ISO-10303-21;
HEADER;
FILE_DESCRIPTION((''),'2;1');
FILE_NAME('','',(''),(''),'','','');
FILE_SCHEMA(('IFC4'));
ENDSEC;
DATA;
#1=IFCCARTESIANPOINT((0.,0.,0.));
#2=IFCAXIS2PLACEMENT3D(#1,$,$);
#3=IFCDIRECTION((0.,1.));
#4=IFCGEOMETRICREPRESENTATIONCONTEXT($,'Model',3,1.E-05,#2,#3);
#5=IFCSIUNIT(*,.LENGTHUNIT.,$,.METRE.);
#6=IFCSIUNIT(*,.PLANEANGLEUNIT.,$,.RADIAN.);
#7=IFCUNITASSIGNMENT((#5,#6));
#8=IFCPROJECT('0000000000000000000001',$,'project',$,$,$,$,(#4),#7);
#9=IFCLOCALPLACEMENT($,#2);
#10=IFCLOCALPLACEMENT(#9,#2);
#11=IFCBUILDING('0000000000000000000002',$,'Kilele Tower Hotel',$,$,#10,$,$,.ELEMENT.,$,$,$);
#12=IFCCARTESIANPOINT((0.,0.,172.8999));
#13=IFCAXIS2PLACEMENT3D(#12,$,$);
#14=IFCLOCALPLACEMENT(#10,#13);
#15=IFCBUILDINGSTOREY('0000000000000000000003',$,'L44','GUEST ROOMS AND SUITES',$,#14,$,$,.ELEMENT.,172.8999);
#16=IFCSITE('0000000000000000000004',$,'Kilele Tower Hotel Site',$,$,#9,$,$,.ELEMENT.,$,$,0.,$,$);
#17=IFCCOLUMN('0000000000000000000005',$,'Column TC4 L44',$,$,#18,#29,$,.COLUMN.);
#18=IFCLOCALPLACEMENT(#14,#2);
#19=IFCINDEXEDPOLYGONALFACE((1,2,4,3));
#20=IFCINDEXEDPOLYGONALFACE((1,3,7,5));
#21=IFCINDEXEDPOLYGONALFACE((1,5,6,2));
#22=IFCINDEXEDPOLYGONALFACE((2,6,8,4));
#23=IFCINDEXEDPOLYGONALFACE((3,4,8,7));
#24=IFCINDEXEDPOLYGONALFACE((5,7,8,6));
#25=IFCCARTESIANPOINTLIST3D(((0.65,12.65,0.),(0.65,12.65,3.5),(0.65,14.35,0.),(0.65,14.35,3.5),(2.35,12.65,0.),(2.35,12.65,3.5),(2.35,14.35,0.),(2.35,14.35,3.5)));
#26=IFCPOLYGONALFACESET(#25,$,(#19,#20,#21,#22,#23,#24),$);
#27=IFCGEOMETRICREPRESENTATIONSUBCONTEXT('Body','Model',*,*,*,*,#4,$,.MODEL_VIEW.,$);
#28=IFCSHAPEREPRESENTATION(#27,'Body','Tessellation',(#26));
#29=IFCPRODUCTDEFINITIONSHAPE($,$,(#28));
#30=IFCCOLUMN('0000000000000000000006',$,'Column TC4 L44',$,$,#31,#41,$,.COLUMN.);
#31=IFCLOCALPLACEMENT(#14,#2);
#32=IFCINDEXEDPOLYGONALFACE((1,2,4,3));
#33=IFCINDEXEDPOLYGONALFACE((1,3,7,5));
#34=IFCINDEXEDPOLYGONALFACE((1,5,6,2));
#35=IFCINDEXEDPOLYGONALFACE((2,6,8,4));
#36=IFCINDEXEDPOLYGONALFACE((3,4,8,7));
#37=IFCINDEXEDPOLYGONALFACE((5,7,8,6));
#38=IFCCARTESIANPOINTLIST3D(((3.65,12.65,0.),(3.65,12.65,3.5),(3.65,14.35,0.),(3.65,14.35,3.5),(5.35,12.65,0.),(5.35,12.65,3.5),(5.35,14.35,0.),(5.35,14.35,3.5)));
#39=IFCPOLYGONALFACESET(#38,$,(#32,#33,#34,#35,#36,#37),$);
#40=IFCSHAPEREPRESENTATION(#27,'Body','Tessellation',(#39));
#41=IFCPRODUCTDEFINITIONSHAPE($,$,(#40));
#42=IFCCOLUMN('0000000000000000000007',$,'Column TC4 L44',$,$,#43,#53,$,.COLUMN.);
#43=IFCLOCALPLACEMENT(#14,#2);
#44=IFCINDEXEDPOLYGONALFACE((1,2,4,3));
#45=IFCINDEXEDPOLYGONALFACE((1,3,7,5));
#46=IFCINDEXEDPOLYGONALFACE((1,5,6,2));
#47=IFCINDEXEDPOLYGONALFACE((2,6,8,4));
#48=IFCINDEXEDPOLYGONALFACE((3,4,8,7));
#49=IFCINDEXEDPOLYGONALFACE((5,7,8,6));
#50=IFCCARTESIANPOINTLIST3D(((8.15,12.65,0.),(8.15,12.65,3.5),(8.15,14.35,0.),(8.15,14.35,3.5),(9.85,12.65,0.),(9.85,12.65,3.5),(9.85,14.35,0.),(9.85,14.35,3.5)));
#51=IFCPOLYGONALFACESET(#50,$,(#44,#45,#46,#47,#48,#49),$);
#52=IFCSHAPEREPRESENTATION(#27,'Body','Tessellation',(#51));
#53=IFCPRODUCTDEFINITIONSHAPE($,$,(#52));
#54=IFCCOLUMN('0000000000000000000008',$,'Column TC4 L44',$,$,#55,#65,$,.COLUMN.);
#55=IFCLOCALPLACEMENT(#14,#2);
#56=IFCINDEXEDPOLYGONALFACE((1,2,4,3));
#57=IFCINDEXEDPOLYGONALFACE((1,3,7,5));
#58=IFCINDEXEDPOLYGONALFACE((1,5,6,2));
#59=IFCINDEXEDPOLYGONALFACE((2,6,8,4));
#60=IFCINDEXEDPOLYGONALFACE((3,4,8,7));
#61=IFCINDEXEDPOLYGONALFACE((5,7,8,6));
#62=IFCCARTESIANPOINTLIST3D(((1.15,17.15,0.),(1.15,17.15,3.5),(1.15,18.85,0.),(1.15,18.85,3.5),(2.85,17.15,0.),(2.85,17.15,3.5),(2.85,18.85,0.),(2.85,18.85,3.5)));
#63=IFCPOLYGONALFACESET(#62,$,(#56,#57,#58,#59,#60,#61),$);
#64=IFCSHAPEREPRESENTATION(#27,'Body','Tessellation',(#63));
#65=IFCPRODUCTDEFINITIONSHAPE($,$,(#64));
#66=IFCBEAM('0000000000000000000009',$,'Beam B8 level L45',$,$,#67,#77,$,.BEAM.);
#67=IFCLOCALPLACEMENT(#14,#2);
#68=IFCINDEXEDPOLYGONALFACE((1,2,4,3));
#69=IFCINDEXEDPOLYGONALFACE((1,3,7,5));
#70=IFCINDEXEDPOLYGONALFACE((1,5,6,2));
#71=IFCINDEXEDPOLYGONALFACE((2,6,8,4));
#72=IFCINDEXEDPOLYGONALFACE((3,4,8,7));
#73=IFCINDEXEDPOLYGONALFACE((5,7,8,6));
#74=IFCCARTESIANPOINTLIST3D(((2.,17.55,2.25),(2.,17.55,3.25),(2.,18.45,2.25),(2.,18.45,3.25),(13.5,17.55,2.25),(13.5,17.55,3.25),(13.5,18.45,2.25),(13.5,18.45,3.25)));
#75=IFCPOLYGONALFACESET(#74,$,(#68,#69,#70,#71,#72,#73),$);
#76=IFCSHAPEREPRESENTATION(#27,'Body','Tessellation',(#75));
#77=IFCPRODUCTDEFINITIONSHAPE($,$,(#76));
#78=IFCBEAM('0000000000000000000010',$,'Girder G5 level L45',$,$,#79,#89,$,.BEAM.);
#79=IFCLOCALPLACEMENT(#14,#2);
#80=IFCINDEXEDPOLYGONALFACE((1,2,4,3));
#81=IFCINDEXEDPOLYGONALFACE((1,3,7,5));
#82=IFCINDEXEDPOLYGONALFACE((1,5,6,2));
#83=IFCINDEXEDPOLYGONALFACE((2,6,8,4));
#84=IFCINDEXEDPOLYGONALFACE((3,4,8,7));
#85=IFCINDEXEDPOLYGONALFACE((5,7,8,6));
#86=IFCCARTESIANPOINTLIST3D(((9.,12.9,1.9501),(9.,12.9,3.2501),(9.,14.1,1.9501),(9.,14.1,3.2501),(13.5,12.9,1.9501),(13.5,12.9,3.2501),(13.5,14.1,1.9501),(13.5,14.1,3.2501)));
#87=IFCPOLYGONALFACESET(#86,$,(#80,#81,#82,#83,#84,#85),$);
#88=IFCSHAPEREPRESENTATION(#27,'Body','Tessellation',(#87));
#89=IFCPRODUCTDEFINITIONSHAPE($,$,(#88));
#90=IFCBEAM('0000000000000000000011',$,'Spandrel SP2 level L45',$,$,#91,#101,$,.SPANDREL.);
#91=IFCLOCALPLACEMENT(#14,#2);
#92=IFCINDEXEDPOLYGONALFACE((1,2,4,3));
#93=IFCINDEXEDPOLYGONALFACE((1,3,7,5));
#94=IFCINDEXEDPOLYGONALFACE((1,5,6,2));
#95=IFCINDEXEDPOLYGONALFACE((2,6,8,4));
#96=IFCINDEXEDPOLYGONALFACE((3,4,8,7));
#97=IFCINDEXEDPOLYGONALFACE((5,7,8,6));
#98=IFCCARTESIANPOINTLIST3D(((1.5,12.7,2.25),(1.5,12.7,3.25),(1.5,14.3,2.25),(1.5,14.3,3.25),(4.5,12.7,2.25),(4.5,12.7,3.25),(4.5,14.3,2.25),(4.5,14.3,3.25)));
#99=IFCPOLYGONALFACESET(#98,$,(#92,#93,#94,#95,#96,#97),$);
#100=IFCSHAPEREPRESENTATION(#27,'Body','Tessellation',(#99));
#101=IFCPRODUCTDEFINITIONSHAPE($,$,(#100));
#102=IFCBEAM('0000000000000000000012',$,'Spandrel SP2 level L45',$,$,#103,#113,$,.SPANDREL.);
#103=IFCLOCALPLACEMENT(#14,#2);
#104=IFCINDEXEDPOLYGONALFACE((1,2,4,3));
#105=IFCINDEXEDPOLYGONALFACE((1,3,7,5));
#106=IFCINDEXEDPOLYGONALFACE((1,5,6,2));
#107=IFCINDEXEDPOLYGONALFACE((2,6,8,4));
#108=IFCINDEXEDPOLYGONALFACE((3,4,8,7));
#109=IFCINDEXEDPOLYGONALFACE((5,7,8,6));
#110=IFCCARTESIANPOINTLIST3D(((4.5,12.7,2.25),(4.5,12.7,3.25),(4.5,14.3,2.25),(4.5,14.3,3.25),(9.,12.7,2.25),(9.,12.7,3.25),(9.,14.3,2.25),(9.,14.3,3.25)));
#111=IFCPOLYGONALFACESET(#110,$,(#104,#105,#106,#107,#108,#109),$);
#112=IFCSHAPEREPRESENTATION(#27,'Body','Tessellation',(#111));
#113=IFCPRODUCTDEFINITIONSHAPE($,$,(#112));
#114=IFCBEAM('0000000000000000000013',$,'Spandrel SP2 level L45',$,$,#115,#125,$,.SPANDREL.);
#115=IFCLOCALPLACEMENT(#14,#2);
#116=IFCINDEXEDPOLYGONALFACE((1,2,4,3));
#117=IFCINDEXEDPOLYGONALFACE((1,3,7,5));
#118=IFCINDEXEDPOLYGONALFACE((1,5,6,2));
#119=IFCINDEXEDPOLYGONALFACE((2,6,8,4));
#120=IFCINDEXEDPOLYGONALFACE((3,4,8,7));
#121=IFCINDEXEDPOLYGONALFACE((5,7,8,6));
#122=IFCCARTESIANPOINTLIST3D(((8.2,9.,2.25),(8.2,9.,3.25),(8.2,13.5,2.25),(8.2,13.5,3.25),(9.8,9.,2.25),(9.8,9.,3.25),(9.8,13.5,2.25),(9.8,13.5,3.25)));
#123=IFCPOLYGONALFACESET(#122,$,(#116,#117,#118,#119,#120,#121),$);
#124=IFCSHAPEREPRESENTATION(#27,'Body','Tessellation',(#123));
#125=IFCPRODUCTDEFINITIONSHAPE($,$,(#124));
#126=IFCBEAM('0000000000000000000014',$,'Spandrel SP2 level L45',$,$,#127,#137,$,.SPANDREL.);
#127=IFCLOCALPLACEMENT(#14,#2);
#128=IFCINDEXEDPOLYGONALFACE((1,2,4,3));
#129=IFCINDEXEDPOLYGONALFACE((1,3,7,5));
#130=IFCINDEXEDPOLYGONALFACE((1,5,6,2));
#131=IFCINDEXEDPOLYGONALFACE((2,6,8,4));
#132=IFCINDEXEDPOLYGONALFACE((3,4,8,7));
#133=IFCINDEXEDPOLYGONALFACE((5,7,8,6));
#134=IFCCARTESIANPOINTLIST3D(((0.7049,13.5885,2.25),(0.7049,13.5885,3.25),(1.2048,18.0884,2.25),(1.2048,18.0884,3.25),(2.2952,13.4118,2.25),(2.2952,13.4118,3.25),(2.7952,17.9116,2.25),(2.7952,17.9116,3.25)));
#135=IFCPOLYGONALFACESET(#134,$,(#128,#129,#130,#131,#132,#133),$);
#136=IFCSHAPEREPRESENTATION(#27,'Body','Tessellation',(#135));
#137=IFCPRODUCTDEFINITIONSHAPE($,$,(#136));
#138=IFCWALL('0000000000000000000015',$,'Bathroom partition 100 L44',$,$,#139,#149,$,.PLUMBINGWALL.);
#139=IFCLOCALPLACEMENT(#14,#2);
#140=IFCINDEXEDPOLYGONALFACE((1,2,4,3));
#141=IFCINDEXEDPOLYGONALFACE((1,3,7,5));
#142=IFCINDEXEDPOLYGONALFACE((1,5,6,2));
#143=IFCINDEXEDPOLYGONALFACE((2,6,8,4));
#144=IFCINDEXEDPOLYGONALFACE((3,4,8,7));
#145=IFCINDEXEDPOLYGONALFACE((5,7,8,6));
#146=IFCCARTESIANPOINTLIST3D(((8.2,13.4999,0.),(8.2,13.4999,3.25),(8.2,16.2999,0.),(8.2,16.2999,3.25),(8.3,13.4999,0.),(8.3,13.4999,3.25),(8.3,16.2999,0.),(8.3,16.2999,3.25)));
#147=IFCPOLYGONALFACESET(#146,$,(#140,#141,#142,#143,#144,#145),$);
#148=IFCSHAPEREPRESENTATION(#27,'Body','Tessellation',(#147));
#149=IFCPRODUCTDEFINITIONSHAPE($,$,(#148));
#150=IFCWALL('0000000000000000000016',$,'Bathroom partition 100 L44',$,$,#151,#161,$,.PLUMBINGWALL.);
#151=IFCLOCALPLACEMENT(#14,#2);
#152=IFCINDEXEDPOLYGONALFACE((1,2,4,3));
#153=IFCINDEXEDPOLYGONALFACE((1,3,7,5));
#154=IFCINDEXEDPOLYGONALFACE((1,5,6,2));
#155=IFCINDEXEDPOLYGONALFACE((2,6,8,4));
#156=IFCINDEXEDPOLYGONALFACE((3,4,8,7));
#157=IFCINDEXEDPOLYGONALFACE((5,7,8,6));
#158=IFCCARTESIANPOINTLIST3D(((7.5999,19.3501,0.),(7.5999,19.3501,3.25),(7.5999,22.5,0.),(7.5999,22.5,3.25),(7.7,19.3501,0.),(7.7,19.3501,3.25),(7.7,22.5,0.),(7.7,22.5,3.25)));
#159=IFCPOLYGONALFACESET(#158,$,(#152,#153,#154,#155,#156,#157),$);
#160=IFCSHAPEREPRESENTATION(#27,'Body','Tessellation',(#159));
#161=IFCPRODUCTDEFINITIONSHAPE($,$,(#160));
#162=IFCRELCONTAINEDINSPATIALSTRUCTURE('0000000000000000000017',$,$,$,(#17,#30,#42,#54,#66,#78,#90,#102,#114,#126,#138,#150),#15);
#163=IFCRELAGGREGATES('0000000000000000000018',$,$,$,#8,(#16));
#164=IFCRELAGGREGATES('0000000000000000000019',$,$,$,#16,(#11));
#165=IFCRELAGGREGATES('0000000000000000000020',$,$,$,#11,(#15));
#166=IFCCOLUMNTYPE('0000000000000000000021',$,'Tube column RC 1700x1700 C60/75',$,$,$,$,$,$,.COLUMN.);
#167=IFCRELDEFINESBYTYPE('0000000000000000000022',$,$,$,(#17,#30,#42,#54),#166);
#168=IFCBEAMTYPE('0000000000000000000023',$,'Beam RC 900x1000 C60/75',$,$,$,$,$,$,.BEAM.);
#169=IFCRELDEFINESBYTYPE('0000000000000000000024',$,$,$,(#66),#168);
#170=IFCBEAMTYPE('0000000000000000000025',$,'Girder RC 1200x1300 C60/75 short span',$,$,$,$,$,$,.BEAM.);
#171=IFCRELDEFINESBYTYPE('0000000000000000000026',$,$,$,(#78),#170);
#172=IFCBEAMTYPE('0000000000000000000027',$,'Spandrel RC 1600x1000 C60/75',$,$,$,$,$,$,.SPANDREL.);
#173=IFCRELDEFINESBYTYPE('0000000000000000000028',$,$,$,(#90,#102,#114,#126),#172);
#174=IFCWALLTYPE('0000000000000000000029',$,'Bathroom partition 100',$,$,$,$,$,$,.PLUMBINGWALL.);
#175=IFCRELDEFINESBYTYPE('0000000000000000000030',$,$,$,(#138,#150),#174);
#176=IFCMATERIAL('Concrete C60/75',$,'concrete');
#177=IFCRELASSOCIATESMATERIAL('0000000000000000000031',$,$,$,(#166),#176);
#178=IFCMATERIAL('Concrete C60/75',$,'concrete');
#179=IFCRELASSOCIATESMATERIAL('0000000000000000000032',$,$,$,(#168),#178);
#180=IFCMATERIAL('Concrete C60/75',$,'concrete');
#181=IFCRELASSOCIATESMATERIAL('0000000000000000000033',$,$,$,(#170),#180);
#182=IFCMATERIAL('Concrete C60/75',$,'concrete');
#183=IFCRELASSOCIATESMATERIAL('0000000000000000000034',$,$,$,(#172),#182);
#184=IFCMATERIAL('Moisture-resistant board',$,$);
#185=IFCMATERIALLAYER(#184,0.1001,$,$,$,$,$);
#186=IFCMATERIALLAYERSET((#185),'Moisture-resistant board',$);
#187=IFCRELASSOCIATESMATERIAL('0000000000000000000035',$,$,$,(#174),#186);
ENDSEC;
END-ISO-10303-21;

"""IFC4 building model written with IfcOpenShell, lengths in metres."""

from ifc_helpers import new_model, si_unit, direction, frame, frame_2d, origin, origin_2d, place, context, subcontext, project, spatial, rectangle, extrude, material, layer, layer_set, material_profile, profile_set, type_object, element, save


model = new_model("IFC4")

# Units and contexts
model_context = context("Model", 3, precision=1e-05, world=origin(), true_north=direction((0.0, 1.0)))
body_context = subcontext(model_context, "Body", "Model", "MODEL_VIEW")
ifc_project = project(units=[si_unit("LENGTHUNIT", "METRE"), si_unit("PLANEANGLEUNIT", "RADIAN")], contexts=[model_context])

# Site, building, storey
site_placement = place(None, origin())
site = spatial("IfcSite", under=ifc_project, at=site_placement, Name="Kilele Tower Hotel Site", CompositionType="ELEMENT", RefElevation=0.0)
building_placement = place(site_placement, origin())
building = spatial("IfcBuilding", under=site, at=building_placement, Name="Kilele Tower Hotel", CompositionType="ELEMENT")
storey_placement = place(building_placement, frame((0.0, 0.0, 172.8999)))
storey = spatial("IfcBuildingStorey", under=building, at=storey_placement, Name="L44", Description="GUEST ROOMS AND SUITES", CompositionType="ELEMENT", Elevation=172.8999)

# Columns
ifc_material_1 = material(Name="Concrete C60/75", Category="concrete")
ifc_material_profile_1 = material_profile(ifc_material_1, rectangle(XDim=1.7, YDim=1.7, at=origin_2d()))
ifc_profile_set_1 = profile_set([ifc_material_profile_1], Name="Concrete C60/75")
column_type = type_object("IfcColumnType", Name="Tube column RC 1700x1700 C60/75", PredefinedType="COLUMN", material=ifc_profile_set_1)
for number, where, z_axis, x_axis, name in (
    (1, (1.5, 13.5, 0.0), (0.0, 0.0, 1.0), (1.0, 0.0, 0.0), "Column TC4 L44"),
    (2, (4.5, 13.5, 0.0), (0.0, 0.0, 1.0), (1.0, 0.0, 0.0), "Column TC4 L44"),
    (3, (9.0, 13.5, 0.0), (0.0, 0.0, 1.0), (1.0, 0.0, 0.0), "Column TC4 L44"),
    (4, (2.0, 18.0, 0.0), (0.0, 0.0, 1.0), (1.0, 0.0, 0.0), "Column TC4 L44"),
):
    element("IfcColumn", number, at=place(storey_placement, frame(where, z_axis=z_axis, x_axis=x_axis)), inside=storey, type_object=column_type, Name=name, PredefinedType="COLUMN", context=body_context, shape_type="SweptSolid", body=[
        extrude(rectangle(XDim=1.7, YDim=1.7, at=origin_2d()), origin(), (0.0, 0.0, 1.0), 3.5),
    ])

# Beams
ifc_material_2 = material(Name="Concrete C60/75", Category="concrete")
ifc_material_profile_2 = material_profile(ifc_material_2, rectangle(XDim=0.8999, YDim=1.0, at=origin_2d()))
ifc_profile_set_2 = profile_set([ifc_material_profile_2], Name="Concrete C60/75")
beam_type_1 = type_object("IfcBeamType", Name="Beam RC 900x1000 C60/75", PredefinedType="BEAM", material=ifc_profile_set_2)
beam_1_placement = place(storey_placement, frame((2.0, 18.0, 2.75), z_axis=(1.0, 0.0, 0.0), x_axis=(0.0, 1.0, 0.0)))
element("IfcBeam", 5, at=beam_1_placement, inside=storey, type_object=beam_type_1, Name="Beam B8 level L45", PredefinedType="BEAM", context=body_context, shape_type="SweptSolid", body=[
    extrude(rectangle(XDim=0.8999, YDim=1.0, at=origin_2d()), origin(), (0.0, 0.0, 1.0), 11.5),
])
ifc_material_3 = material(Name="Concrete C60/75", Category="concrete")
ifc_material_profile_3 = material_profile(ifc_material_3, rectangle(XDim=1.2, YDim=1.3, at=origin_2d()))
ifc_profile_set_3 = profile_set([ifc_material_profile_3], Name="Concrete C60/75")
beam_type_2 = type_object("IfcBeamType", Name="Girder RC 1200x1300 C60/75 short span", PredefinedType="BEAM", material=ifc_profile_set_3)
beam_2_placement = place(storey_placement, frame((9.0, 13.5, 2.6001), z_axis=(1.0, 0.0, 0.0), x_axis=(0.0, 1.0, 0.0)))
element("IfcBeam", 6, at=beam_2_placement, inside=storey, type_object=beam_type_2, Name="Girder G5 level L45", PredefinedType="BEAM", context=body_context, shape_type="SweptSolid", body=[
    extrude(rectangle(XDim=1.2, YDim=1.3, at=origin_2d()), origin(), (0.0, 0.0, 1.0), 4.5),
])
ifc_material_4 = material(Name="Concrete C60/75", Category="concrete")
ifc_material_profile_4 = material_profile(ifc_material_4, rectangle(XDim=1.6001, YDim=1.0, at=origin_2d()))
ifc_profile_set_4 = profile_set([ifc_material_profile_4], Name="Concrete C60/75")
beam_type_3 = type_object("IfcBeamType", Name="Spandrel RC 1600x1000 C60/75", PredefinedType="SPANDREL", material=ifc_profile_set_4)
beam_3_placement = place(storey_placement, frame((1.5, 13.5, 2.75), z_axis=(1.0, 0.0, 0.0), x_axis=(0.0, 1.0, 0.0)))
element("IfcBeam", 7, at=beam_3_placement, inside=storey, type_object=beam_type_3, Name="Spandrel SP2 level L45", PredefinedType="SPANDREL", context=body_context, shape_type="SweptSolid", body=[
    extrude(rectangle(XDim=1.6001, YDim=1.0, at=origin_2d()), origin(), (0.0, 0.0, 1.0), 3.0),
])
for number, where, z_axis, x_axis, name in (
    (8, (4.5, 13.5, 2.75), (1.0, 0.0, 0.0), (0.0, 1.0, 0.0), "Spandrel SP2 level L45"),
    (9, (9.0, 13.5, 2.75), (0.0, -1.0, 0.0), (1.0, 0.0, 0.0), "Spandrel SP2 level L45"),
):
    element("IfcBeam", number, at=place(storey_placement, frame(where, z_axis=z_axis, x_axis=x_axis)), inside=storey, type_object=beam_type_3, Name=name, PredefinedType="SPANDREL", context=body_context, shape_type="SweptSolid", body=[
        extrude(rectangle(XDim=1.6001, YDim=1.0, at=origin_2d()), origin(), (0.0, 0.0, 1.0), 4.5),
    ])
beam_4_placement = place(storey_placement, frame((2.0, 18.0, 2.75), z_axis=(-0.110432, -0.993884, 0.0), x_axis=(0.993884, -0.110432, 0.0)))
element("IfcBeam", 10, at=beam_4_placement, inside=storey, type_object=beam_type_3, Name="Spandrel SP2 level L45", PredefinedType="SPANDREL", context=body_context, shape_type="SweptSolid", body=[
    extrude(rectangle(XDim=1.6001, YDim=1.0, at=origin_2d()), origin(), (0.0, 0.0, 1.0), 4.5276),
])

# Walls
ifc_material_5 = material(Name="Moisture-resistant board")
ifc_layer_1 = layer(ifc_material_5, 0.1001)
ifc_layer_set_1 = layer_set([ifc_layer_1], Name="Moisture-resistant board")
wall_type_1 = type_object("IfcWallType", Name="Bathroom partition 100", PredefinedType="PLUMBINGWALL", material=ifc_layer_set_1)
wall_1_placement = place(storey_placement, frame((8.25, 13.5, 0.0), z_axis=(0.0, 0.0, 1.0), x_axis=(0.0, 1.0, 0.0)))
element("IfcWall", 11, at=wall_1_placement, inside=storey, type_object=wall_type_1, Name="Bathroom partition 100 L44", PredefinedType="PLUMBINGWALL", context=body_context, shape_type="SweptSolid", body=[
    extrude(rectangle(XDim=2.8, YDim=0.1001, at=frame_2d((1.3999, 0.0))), origin(), (0.0, 0.0, 1.0), 3.25),
])
wall_2_placement = place(storey_placement, frame((7.6499, 19.3501, 0.0), z_axis=(0.0, 0.0, 1.0), x_axis=(0.0, 1.0, 0.0)))
element("IfcWall", 12, at=wall_2_placement, inside=storey, type_object=wall_type_1, Name="Bathroom partition 100 L44", PredefinedType="PLUMBINGWALL", context=body_context, shape_type="SweptSolid", body=[
    extrude(rectangle(XDim=3.1499, YDim=0.1001, at=frame_2d((1.575, 0.0))), origin(), (0.0, 0.0, 1.0), 3.25),
])

save(model, "model.ifc")
